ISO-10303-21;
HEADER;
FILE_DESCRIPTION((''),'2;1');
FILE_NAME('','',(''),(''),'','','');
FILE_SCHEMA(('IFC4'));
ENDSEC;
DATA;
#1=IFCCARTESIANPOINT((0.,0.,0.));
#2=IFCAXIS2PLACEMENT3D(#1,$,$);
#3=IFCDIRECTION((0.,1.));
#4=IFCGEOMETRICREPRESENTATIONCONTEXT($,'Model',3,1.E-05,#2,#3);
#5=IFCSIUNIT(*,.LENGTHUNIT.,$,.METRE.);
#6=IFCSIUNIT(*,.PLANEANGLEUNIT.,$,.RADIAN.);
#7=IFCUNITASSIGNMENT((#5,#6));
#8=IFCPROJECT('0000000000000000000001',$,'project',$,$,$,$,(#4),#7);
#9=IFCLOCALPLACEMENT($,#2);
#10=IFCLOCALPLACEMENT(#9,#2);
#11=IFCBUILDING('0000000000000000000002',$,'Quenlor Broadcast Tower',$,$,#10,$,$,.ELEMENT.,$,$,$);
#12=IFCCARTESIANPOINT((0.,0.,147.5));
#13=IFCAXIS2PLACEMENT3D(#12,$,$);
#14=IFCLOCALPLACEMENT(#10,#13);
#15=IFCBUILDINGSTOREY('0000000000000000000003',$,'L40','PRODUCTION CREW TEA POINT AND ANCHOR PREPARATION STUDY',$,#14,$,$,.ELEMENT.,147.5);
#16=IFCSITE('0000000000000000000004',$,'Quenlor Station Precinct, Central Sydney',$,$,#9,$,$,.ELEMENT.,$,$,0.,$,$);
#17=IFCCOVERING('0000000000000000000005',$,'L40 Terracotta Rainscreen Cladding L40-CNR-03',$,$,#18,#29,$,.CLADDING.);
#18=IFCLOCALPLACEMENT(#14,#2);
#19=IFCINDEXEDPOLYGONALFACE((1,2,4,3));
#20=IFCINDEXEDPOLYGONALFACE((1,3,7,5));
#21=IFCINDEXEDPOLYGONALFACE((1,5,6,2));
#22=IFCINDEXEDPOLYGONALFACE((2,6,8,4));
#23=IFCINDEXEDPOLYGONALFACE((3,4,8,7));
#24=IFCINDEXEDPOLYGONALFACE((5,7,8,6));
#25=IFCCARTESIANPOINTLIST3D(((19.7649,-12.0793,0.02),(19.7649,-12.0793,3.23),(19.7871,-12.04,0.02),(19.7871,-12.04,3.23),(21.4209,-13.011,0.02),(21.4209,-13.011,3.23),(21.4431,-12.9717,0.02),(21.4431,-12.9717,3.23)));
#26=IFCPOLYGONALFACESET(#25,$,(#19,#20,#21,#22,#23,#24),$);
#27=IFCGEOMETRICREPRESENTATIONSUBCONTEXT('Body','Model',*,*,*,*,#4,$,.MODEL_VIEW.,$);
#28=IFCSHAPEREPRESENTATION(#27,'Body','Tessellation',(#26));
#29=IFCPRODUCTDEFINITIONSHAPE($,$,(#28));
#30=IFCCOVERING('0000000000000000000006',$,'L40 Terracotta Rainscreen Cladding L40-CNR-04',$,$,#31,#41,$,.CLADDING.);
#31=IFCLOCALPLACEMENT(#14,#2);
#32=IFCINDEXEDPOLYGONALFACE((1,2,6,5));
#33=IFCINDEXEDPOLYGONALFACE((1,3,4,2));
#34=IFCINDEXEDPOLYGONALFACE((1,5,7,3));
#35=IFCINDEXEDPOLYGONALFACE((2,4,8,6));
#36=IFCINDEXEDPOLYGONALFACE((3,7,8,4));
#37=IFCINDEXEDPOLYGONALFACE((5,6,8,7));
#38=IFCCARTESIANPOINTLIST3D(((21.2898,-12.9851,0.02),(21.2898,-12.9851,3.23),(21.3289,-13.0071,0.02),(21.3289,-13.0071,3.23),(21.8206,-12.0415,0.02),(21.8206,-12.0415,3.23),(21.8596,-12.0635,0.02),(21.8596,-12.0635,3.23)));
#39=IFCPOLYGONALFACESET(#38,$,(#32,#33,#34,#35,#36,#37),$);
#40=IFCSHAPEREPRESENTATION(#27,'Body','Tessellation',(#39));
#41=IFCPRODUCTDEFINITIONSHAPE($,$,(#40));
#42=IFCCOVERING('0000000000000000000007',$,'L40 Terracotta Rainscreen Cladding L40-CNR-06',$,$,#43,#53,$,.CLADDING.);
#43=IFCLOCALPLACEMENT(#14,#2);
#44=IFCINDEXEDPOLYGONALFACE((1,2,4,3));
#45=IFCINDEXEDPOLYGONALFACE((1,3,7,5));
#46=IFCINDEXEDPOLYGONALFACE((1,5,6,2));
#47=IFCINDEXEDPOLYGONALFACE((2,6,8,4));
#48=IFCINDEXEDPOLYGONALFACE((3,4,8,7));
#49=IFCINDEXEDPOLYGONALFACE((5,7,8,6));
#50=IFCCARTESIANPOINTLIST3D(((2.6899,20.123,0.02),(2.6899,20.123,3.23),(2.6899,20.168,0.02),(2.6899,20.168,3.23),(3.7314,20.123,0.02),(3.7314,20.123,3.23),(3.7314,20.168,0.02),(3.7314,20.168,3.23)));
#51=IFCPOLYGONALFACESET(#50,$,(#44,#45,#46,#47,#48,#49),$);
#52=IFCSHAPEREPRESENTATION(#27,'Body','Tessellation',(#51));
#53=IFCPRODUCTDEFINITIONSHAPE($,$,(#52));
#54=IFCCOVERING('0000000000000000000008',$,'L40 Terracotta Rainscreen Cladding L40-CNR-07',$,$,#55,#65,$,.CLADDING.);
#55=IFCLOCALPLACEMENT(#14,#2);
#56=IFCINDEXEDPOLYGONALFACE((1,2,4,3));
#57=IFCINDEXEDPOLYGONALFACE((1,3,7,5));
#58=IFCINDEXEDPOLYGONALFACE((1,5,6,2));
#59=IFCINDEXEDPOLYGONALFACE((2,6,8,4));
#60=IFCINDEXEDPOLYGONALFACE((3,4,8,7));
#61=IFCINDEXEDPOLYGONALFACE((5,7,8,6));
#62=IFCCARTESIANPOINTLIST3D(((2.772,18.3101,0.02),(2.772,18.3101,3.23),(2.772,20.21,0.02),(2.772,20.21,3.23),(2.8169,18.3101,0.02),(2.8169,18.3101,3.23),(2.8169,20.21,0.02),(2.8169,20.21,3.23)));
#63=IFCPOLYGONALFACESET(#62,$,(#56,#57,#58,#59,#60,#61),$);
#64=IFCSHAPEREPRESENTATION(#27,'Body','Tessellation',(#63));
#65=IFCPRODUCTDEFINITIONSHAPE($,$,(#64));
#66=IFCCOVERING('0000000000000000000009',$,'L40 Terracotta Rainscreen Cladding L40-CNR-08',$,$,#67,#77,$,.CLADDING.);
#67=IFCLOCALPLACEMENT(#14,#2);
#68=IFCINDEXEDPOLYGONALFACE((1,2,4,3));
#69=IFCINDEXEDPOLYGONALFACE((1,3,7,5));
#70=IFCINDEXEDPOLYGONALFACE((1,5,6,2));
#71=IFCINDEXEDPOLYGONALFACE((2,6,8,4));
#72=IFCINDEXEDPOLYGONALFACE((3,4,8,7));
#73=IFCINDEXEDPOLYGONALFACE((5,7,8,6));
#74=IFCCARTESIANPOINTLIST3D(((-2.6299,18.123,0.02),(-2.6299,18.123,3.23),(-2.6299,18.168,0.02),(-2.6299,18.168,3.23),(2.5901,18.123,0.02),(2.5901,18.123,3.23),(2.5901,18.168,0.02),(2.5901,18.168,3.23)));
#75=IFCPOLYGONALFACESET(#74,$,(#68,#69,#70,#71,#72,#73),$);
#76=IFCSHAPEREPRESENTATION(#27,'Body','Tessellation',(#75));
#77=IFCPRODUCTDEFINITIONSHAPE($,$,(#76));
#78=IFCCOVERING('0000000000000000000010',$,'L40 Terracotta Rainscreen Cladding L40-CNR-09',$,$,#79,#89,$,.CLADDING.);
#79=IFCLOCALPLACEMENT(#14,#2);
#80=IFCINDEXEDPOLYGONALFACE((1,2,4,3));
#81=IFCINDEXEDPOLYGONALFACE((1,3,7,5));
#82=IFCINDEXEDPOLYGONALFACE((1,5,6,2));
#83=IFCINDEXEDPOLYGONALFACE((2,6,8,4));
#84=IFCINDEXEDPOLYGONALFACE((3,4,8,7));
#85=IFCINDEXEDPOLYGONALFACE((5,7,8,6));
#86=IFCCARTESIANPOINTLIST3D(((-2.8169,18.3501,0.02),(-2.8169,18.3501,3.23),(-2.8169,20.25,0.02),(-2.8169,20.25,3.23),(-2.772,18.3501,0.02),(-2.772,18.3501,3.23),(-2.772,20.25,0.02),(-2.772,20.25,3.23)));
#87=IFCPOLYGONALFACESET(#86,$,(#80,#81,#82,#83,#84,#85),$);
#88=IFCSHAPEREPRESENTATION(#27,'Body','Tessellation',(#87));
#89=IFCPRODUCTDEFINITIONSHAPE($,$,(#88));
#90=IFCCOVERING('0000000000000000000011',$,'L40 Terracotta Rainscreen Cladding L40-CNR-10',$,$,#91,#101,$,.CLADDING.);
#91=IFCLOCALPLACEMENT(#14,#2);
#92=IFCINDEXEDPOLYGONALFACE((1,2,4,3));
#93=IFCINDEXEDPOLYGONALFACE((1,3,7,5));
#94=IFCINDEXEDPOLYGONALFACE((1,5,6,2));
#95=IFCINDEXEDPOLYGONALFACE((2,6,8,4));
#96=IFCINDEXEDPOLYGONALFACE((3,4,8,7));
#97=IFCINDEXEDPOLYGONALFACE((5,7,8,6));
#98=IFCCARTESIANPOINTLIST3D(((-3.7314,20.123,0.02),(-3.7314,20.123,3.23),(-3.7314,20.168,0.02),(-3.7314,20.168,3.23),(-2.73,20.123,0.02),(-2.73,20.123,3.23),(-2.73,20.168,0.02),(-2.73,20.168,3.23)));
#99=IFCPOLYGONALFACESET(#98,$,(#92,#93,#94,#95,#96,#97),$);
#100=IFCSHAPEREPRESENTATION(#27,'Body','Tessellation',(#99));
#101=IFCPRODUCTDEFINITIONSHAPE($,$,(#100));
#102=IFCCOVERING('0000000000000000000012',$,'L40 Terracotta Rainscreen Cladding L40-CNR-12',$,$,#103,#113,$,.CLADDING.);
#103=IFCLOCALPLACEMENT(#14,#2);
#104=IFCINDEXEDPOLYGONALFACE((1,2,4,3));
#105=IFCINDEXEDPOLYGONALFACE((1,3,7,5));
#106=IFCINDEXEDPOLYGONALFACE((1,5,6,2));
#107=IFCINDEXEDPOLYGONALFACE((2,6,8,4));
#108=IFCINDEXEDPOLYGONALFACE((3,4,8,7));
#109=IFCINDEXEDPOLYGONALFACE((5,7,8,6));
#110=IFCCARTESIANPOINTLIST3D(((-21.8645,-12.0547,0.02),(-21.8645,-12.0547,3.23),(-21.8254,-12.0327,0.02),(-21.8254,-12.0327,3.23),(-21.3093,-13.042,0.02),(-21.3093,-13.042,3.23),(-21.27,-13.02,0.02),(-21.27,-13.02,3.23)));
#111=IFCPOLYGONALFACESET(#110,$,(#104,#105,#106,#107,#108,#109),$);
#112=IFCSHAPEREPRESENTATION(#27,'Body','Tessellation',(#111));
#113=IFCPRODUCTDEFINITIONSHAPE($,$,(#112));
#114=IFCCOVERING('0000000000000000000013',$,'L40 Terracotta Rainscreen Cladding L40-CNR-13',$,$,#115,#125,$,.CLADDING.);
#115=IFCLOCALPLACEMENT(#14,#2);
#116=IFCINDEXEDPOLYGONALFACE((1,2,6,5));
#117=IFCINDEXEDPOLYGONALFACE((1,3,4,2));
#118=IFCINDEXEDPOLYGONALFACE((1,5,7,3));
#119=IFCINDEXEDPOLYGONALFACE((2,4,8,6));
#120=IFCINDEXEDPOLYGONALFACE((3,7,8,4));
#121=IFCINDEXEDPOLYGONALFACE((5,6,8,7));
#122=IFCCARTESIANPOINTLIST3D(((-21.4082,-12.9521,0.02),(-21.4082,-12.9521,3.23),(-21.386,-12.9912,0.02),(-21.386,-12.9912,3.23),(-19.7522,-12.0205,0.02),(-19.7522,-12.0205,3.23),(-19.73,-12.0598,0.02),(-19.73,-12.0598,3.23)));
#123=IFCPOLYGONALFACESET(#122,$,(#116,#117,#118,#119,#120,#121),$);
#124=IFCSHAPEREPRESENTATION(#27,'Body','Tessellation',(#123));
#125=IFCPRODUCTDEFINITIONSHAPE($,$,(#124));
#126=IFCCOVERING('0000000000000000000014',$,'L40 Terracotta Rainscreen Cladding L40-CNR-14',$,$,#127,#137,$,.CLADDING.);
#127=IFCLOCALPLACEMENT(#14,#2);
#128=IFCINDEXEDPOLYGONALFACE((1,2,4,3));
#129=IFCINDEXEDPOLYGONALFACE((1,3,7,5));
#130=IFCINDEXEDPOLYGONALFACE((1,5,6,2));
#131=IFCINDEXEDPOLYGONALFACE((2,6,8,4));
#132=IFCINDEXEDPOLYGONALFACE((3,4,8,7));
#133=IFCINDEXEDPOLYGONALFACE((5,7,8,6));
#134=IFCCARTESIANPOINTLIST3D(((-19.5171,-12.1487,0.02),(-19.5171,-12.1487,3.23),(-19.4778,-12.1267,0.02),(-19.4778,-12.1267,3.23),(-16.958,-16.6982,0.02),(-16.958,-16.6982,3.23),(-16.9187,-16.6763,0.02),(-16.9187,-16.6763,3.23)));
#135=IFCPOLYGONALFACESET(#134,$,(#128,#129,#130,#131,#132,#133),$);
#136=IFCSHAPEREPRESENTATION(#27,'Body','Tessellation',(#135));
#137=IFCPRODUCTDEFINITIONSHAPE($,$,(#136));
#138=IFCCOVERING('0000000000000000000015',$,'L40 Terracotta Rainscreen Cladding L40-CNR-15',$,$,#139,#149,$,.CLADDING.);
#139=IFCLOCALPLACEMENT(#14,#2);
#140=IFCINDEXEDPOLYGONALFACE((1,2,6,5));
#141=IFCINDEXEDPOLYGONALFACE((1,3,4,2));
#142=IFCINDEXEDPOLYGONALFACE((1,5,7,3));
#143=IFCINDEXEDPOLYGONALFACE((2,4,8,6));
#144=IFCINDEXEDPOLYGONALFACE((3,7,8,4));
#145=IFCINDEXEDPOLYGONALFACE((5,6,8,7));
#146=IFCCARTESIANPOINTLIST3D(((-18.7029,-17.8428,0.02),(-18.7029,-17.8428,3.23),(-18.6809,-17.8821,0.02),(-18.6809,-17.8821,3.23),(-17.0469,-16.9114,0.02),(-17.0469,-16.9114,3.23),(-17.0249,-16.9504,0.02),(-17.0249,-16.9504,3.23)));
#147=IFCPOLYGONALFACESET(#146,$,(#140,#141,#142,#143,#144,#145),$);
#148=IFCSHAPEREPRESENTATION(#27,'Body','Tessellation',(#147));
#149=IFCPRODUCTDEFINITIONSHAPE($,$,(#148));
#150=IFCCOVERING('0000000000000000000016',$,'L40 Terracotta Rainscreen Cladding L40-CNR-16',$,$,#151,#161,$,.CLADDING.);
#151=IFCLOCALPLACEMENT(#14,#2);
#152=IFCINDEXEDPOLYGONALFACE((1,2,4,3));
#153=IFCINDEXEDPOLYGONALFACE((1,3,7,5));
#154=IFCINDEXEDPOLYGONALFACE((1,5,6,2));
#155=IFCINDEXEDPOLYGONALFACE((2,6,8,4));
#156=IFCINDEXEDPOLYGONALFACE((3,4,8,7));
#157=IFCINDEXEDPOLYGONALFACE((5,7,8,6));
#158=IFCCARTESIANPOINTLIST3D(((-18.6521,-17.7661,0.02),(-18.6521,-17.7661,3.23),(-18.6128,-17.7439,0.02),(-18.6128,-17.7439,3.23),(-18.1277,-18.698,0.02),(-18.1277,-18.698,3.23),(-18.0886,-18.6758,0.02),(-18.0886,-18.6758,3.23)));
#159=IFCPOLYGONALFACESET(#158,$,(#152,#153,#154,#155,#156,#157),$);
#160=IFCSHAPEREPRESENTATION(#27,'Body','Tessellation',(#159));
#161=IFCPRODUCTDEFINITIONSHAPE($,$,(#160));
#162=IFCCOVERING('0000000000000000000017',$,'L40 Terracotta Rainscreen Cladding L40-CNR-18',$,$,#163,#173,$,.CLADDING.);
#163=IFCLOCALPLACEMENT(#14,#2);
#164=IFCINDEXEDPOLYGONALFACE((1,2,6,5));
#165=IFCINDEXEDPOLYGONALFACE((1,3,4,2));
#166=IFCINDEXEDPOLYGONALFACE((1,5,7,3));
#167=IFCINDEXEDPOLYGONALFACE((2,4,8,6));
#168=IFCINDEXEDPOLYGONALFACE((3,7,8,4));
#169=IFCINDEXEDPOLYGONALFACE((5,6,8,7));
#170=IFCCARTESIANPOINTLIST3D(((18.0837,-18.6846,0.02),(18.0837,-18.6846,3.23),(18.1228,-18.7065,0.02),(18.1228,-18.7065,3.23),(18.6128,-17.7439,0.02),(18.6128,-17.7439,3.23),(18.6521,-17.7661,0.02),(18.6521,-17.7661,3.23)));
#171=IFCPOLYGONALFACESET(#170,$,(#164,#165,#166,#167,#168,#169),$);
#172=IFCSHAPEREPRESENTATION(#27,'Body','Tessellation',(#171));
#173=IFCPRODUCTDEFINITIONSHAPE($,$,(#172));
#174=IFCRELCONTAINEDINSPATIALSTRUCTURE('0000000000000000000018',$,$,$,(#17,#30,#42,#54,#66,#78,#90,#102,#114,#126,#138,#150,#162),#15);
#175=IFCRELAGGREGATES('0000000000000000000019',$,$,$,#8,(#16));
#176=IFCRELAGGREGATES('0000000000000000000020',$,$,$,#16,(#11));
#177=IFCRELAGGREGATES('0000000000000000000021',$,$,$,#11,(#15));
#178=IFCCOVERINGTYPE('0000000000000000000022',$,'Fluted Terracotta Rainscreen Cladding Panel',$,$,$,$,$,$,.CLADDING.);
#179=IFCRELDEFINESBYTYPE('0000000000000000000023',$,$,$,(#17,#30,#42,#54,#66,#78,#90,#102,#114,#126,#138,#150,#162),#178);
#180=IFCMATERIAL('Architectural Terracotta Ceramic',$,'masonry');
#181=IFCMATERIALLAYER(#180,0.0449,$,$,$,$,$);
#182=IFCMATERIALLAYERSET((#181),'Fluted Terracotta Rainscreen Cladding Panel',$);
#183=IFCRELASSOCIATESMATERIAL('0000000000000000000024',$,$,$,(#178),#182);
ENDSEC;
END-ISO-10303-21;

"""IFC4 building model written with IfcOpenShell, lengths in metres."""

from ifc_helpers import new_model, si_unit, direction, frame, origin, place, context, subcontext, project, spatial, polyline, outline, extrude, material, layer, layer_set, type_object, element, save


model = new_model("IFC4")

# Units and contexts
model_context = context("Model", 3, precision=1e-05, world=origin(), true_north=direction((0.0, 1.0)))
body_context = subcontext(model_context, "Body", "Model", "MODEL_VIEW")
ifc_project = project(units=[si_unit("LENGTHUNIT", "METRE"), si_unit("PLANEANGLEUNIT", "RADIAN")], contexts=[model_context])

# Site, building, storey
site_placement = place(None, origin())
site = spatial("IfcSite", under=ifc_project, at=site_placement, Name="Quenlor Station Precinct, Central Sydney", CompositionType="ELEMENT", RefElevation=0.0)
building_placement = place(site_placement, origin())
building = spatial("IfcBuilding", under=site, at=building_placement, Name="Quenlor Broadcast Tower", CompositionType="ELEMENT")
storey_placement = place(building_placement, frame((0.0, 0.0, 147.5)))
storey = spatial("IfcBuildingStorey", under=building, at=storey_placement, Name="L40", Description="PRODUCTION CREW TEA POINT AND ANCHOR PREPARATION STUDY", CompositionType="ELEMENT", Elevation=147.5)

# Coverings
ifc_material_1 = material(Name="Architectural Terracotta Ceramic", Category="masonry")
ifc_layer_1 = layer(ifc_material_1, 0.0449)
ifc_layer_set_1 = layer_set([ifc_layer_1], Name="Fluted Terracotta Rainscreen Cladding Panel")
covering_type = type_object("IfcCoveringType", Name="Fluted Terracotta Rainscreen Cladding Panel", PredefinedType="CLADDING", material=ifc_layer_set_1)
covering_1_placement = place(storey_placement, frame((0.0, 0.0, 0.02)))
element("IfcCovering", 1, at=covering_1_placement, inside=storey, type_object=covering_type, Name="L40 Terracotta Rainscreen Cladding L40-CNR-03", PredefinedType="CLADDING", context=body_context, shape_type="SweptSolid", body=[
    extrude(outline(polyline([(19.7649, -12.0793), (21.4209, -13.011), (21.4431, -12.9717), (19.7871, -12.04), (19.7649, -12.0793)])), origin(), (0.0, 0.0, 1.0), 3.21),
])
covering_2_placement = place(storey_placement, frame((0.0, 0.0, 0.02)))
element("IfcCovering", 2, at=covering_2_placement, inside=storey, type_object=covering_type, Name="L40 Terracotta Rainscreen Cladding L40-CNR-04", PredefinedType="CLADDING", context=body_context, shape_type="SweptSolid", body=[
    extrude(outline(polyline([(21.3289, -13.0071), (21.8596, -12.0635), (21.8206, -12.0415), (21.2898, -12.9851), (21.3289, -13.0071)])), origin(), (0.0, 0.0, 1.0), 3.21),
])
covering_3_placement = place(storey_placement, frame((0.0, 0.0, 0.02)))
element("IfcCovering", 3, at=covering_3_placement, inside=storey, type_object=covering_type, Name="L40 Terracotta Rainscreen Cladding L40-CNR-06", PredefinedType="CLADDING", context=body_context, shape_type="SweptSolid", body=[
    extrude(outline(polyline([(3.7314, 20.168), (2.6899, 20.168), (2.6899, 20.123), (3.7314, 20.123), (3.7314, 20.168)])), origin(), (0.0, 0.0, 1.0), 3.21),
])
covering_4_placement = place(storey_placement, frame((0.0, 0.0, 0.02)))
element("IfcCovering", 4, at=covering_4_placement, inside=storey, type_object=covering_type, Name="L40 Terracotta Rainscreen Cladding L40-CNR-07", PredefinedType="CLADDING", context=body_context, shape_type="SweptSolid", body=[
    extrude(outline(polyline([(2.772, 20.21), (2.772, 18.3101), (2.8169, 18.3101), (2.8169, 20.21), (2.772, 20.21)])), origin(), (0.0, 0.0, 1.0), 3.21),
])
covering_5_placement = place(storey_placement, frame((0.0, 0.0, 0.02)))
element("IfcCovering", 5, at=covering_5_placement, inside=storey, type_object=covering_type, Name="L40 Terracotta Rainscreen Cladding L40-CNR-08", PredefinedType="CLADDING", context=body_context, shape_type="SweptSolid", body=[
    extrude(outline(polyline([(2.5901, 18.168), (-2.6299, 18.168), (-2.6299, 18.123), (2.5901, 18.123), (2.5901, 18.168)])), origin(), (0.0, 0.0, 1.0), 3.21),
])
covering_6_placement = place(storey_placement, frame((0.0, 0.0, 0.02)))
element("IfcCovering", 6, at=covering_6_placement, inside=storey, type_object=covering_type, Name="L40 Terracotta Rainscreen Cladding L40-CNR-09", PredefinedType="CLADDING", context=body_context, shape_type="SweptSolid", body=[
    extrude(outline(polyline([(-2.772, 18.3501), (-2.772, 20.25), (-2.8169, 20.25), (-2.8169, 18.3501), (-2.772, 18.3501)])), origin(), (0.0, 0.0, 1.0), 3.21),
])
covering_7_placement = place(storey_placement, frame((0.0, 0.0, 0.02)))
element("IfcCovering", 7, at=covering_7_placement, inside=storey, type_object=covering_type, Name="L40 Terracotta Rainscreen Cladding L40-CNR-10", PredefinedType="CLADDING", context=body_context, shape_type="SweptSolid", body=[
    extrude(outline(polyline([(-2.73, 20.168), (-3.7314, 20.168), (-3.7314, 20.123), (-2.73, 20.123), (-2.73, 20.168)])), origin(), (0.0, 0.0, 1.0), 3.21),
])
covering_8_placement = place(storey_placement, frame((0.0, 0.0, 0.02)))
element("IfcCovering", 8, at=covering_8_placement, inside=storey, type_object=covering_type, Name="L40 Terracotta Rainscreen Cladding L40-CNR-12", PredefinedType="CLADDING", context=body_context, shape_type="SweptSolid", body=[
    extrude(outline(polyline([(-21.8645, -12.0547), (-21.3093, -13.042), (-21.27, -13.02), (-21.8254, -12.0327), (-21.8645, -12.0547)])), origin(), (0.0, 0.0, 1.0), 3.21),
])
covering_9_placement = place(storey_placement, frame((0.0, 0.0, 0.02)))
element("IfcCovering", 9, at=covering_9_placement, inside=storey, type_object=covering_type, Name="L40 Terracotta Rainscreen Cladding L40-CNR-13", PredefinedType="CLADDING", context=body_context, shape_type="SweptSolid", body=[
    extrude(outline(polyline([(-21.386, -12.9912), (-19.73, -12.0598), (-19.7522, -12.0205), (-21.4082, -12.9521), (-21.386, -12.9912)])), origin(), (0.0, 0.0, 1.0), 3.21),
])
covering_10_placement = place(storey_placement, frame((0.0, 0.0, 0.02)))
element("IfcCovering", 10, at=covering_10_placement, inside=storey, type_object=covering_type, Name="L40 Terracotta Rainscreen Cladding L40-CNR-14", PredefinedType="CLADDING", context=body_context, shape_type="SweptSolid", body=[
    extrude(outline(polyline([(-19.5171, -12.1487), (-16.958, -16.6982), (-16.9187, -16.6763), (-19.4778, -12.1267), (-19.5171, -12.1487)])), origin(), (0.0, 0.0, 1.0), 3.21),
])
covering_11_placement = place(storey_placement, frame((0.0, 0.0, 0.02)))
element("IfcCovering", 11, at=covering_11_placement, inside=storey, type_object=covering_type, Name="L40 Terracotta Rainscreen Cladding L40-CNR-15", PredefinedType="CLADDING", context=body_context, shape_type="SweptSolid", body=[
    extrude(outline(polyline([(-17.0469, -16.9114), (-18.7029, -17.8428), (-18.6809, -17.8821), (-17.0249, -16.9504), (-17.0469, -16.9114)])), origin(), (0.0, 0.0, 1.0), 3.21),
])
covering_12_placement = place(storey_placement, frame((0.0, 0.0, 0.02)))
element("IfcCovering", 12, at=covering_12_placement, inside=storey, type_object=covering_type, Name="L40 Terracotta Rainscreen Cladding L40-CNR-16", PredefinedType="CLADDING", context=body_context, shape_type="SweptSolid", body=[
    extrude(outline(polyline([(-18.6521, -17.7661), (-18.1277, -18.698), (-18.0886, -18.6758), (-18.6128, -17.7439), (-18.6521, -17.7661)])), origin(), (0.0, 0.0, 1.0), 3.21),
])
covering_13_placement = place(storey_placement, frame((0.0, 0.0, 0.02)))
element("IfcCovering", 13, at=covering_13_placement, inside=storey, type_object=covering_type, Name="L40 Terracotta Rainscreen Cladding L40-CNR-18", PredefinedType="CLADDING", context=body_context, shape_type="SweptSolid", body=[
    extrude(outline(polyline([(18.1228, -18.7065), (18.6521, -17.7661), (18.6128, -17.7439), (18.0837, -18.6846), (18.1228, -18.7065)])), origin(), (0.0, 0.0, 1.0), 3.21),
])

save(model, "model.ifc")
